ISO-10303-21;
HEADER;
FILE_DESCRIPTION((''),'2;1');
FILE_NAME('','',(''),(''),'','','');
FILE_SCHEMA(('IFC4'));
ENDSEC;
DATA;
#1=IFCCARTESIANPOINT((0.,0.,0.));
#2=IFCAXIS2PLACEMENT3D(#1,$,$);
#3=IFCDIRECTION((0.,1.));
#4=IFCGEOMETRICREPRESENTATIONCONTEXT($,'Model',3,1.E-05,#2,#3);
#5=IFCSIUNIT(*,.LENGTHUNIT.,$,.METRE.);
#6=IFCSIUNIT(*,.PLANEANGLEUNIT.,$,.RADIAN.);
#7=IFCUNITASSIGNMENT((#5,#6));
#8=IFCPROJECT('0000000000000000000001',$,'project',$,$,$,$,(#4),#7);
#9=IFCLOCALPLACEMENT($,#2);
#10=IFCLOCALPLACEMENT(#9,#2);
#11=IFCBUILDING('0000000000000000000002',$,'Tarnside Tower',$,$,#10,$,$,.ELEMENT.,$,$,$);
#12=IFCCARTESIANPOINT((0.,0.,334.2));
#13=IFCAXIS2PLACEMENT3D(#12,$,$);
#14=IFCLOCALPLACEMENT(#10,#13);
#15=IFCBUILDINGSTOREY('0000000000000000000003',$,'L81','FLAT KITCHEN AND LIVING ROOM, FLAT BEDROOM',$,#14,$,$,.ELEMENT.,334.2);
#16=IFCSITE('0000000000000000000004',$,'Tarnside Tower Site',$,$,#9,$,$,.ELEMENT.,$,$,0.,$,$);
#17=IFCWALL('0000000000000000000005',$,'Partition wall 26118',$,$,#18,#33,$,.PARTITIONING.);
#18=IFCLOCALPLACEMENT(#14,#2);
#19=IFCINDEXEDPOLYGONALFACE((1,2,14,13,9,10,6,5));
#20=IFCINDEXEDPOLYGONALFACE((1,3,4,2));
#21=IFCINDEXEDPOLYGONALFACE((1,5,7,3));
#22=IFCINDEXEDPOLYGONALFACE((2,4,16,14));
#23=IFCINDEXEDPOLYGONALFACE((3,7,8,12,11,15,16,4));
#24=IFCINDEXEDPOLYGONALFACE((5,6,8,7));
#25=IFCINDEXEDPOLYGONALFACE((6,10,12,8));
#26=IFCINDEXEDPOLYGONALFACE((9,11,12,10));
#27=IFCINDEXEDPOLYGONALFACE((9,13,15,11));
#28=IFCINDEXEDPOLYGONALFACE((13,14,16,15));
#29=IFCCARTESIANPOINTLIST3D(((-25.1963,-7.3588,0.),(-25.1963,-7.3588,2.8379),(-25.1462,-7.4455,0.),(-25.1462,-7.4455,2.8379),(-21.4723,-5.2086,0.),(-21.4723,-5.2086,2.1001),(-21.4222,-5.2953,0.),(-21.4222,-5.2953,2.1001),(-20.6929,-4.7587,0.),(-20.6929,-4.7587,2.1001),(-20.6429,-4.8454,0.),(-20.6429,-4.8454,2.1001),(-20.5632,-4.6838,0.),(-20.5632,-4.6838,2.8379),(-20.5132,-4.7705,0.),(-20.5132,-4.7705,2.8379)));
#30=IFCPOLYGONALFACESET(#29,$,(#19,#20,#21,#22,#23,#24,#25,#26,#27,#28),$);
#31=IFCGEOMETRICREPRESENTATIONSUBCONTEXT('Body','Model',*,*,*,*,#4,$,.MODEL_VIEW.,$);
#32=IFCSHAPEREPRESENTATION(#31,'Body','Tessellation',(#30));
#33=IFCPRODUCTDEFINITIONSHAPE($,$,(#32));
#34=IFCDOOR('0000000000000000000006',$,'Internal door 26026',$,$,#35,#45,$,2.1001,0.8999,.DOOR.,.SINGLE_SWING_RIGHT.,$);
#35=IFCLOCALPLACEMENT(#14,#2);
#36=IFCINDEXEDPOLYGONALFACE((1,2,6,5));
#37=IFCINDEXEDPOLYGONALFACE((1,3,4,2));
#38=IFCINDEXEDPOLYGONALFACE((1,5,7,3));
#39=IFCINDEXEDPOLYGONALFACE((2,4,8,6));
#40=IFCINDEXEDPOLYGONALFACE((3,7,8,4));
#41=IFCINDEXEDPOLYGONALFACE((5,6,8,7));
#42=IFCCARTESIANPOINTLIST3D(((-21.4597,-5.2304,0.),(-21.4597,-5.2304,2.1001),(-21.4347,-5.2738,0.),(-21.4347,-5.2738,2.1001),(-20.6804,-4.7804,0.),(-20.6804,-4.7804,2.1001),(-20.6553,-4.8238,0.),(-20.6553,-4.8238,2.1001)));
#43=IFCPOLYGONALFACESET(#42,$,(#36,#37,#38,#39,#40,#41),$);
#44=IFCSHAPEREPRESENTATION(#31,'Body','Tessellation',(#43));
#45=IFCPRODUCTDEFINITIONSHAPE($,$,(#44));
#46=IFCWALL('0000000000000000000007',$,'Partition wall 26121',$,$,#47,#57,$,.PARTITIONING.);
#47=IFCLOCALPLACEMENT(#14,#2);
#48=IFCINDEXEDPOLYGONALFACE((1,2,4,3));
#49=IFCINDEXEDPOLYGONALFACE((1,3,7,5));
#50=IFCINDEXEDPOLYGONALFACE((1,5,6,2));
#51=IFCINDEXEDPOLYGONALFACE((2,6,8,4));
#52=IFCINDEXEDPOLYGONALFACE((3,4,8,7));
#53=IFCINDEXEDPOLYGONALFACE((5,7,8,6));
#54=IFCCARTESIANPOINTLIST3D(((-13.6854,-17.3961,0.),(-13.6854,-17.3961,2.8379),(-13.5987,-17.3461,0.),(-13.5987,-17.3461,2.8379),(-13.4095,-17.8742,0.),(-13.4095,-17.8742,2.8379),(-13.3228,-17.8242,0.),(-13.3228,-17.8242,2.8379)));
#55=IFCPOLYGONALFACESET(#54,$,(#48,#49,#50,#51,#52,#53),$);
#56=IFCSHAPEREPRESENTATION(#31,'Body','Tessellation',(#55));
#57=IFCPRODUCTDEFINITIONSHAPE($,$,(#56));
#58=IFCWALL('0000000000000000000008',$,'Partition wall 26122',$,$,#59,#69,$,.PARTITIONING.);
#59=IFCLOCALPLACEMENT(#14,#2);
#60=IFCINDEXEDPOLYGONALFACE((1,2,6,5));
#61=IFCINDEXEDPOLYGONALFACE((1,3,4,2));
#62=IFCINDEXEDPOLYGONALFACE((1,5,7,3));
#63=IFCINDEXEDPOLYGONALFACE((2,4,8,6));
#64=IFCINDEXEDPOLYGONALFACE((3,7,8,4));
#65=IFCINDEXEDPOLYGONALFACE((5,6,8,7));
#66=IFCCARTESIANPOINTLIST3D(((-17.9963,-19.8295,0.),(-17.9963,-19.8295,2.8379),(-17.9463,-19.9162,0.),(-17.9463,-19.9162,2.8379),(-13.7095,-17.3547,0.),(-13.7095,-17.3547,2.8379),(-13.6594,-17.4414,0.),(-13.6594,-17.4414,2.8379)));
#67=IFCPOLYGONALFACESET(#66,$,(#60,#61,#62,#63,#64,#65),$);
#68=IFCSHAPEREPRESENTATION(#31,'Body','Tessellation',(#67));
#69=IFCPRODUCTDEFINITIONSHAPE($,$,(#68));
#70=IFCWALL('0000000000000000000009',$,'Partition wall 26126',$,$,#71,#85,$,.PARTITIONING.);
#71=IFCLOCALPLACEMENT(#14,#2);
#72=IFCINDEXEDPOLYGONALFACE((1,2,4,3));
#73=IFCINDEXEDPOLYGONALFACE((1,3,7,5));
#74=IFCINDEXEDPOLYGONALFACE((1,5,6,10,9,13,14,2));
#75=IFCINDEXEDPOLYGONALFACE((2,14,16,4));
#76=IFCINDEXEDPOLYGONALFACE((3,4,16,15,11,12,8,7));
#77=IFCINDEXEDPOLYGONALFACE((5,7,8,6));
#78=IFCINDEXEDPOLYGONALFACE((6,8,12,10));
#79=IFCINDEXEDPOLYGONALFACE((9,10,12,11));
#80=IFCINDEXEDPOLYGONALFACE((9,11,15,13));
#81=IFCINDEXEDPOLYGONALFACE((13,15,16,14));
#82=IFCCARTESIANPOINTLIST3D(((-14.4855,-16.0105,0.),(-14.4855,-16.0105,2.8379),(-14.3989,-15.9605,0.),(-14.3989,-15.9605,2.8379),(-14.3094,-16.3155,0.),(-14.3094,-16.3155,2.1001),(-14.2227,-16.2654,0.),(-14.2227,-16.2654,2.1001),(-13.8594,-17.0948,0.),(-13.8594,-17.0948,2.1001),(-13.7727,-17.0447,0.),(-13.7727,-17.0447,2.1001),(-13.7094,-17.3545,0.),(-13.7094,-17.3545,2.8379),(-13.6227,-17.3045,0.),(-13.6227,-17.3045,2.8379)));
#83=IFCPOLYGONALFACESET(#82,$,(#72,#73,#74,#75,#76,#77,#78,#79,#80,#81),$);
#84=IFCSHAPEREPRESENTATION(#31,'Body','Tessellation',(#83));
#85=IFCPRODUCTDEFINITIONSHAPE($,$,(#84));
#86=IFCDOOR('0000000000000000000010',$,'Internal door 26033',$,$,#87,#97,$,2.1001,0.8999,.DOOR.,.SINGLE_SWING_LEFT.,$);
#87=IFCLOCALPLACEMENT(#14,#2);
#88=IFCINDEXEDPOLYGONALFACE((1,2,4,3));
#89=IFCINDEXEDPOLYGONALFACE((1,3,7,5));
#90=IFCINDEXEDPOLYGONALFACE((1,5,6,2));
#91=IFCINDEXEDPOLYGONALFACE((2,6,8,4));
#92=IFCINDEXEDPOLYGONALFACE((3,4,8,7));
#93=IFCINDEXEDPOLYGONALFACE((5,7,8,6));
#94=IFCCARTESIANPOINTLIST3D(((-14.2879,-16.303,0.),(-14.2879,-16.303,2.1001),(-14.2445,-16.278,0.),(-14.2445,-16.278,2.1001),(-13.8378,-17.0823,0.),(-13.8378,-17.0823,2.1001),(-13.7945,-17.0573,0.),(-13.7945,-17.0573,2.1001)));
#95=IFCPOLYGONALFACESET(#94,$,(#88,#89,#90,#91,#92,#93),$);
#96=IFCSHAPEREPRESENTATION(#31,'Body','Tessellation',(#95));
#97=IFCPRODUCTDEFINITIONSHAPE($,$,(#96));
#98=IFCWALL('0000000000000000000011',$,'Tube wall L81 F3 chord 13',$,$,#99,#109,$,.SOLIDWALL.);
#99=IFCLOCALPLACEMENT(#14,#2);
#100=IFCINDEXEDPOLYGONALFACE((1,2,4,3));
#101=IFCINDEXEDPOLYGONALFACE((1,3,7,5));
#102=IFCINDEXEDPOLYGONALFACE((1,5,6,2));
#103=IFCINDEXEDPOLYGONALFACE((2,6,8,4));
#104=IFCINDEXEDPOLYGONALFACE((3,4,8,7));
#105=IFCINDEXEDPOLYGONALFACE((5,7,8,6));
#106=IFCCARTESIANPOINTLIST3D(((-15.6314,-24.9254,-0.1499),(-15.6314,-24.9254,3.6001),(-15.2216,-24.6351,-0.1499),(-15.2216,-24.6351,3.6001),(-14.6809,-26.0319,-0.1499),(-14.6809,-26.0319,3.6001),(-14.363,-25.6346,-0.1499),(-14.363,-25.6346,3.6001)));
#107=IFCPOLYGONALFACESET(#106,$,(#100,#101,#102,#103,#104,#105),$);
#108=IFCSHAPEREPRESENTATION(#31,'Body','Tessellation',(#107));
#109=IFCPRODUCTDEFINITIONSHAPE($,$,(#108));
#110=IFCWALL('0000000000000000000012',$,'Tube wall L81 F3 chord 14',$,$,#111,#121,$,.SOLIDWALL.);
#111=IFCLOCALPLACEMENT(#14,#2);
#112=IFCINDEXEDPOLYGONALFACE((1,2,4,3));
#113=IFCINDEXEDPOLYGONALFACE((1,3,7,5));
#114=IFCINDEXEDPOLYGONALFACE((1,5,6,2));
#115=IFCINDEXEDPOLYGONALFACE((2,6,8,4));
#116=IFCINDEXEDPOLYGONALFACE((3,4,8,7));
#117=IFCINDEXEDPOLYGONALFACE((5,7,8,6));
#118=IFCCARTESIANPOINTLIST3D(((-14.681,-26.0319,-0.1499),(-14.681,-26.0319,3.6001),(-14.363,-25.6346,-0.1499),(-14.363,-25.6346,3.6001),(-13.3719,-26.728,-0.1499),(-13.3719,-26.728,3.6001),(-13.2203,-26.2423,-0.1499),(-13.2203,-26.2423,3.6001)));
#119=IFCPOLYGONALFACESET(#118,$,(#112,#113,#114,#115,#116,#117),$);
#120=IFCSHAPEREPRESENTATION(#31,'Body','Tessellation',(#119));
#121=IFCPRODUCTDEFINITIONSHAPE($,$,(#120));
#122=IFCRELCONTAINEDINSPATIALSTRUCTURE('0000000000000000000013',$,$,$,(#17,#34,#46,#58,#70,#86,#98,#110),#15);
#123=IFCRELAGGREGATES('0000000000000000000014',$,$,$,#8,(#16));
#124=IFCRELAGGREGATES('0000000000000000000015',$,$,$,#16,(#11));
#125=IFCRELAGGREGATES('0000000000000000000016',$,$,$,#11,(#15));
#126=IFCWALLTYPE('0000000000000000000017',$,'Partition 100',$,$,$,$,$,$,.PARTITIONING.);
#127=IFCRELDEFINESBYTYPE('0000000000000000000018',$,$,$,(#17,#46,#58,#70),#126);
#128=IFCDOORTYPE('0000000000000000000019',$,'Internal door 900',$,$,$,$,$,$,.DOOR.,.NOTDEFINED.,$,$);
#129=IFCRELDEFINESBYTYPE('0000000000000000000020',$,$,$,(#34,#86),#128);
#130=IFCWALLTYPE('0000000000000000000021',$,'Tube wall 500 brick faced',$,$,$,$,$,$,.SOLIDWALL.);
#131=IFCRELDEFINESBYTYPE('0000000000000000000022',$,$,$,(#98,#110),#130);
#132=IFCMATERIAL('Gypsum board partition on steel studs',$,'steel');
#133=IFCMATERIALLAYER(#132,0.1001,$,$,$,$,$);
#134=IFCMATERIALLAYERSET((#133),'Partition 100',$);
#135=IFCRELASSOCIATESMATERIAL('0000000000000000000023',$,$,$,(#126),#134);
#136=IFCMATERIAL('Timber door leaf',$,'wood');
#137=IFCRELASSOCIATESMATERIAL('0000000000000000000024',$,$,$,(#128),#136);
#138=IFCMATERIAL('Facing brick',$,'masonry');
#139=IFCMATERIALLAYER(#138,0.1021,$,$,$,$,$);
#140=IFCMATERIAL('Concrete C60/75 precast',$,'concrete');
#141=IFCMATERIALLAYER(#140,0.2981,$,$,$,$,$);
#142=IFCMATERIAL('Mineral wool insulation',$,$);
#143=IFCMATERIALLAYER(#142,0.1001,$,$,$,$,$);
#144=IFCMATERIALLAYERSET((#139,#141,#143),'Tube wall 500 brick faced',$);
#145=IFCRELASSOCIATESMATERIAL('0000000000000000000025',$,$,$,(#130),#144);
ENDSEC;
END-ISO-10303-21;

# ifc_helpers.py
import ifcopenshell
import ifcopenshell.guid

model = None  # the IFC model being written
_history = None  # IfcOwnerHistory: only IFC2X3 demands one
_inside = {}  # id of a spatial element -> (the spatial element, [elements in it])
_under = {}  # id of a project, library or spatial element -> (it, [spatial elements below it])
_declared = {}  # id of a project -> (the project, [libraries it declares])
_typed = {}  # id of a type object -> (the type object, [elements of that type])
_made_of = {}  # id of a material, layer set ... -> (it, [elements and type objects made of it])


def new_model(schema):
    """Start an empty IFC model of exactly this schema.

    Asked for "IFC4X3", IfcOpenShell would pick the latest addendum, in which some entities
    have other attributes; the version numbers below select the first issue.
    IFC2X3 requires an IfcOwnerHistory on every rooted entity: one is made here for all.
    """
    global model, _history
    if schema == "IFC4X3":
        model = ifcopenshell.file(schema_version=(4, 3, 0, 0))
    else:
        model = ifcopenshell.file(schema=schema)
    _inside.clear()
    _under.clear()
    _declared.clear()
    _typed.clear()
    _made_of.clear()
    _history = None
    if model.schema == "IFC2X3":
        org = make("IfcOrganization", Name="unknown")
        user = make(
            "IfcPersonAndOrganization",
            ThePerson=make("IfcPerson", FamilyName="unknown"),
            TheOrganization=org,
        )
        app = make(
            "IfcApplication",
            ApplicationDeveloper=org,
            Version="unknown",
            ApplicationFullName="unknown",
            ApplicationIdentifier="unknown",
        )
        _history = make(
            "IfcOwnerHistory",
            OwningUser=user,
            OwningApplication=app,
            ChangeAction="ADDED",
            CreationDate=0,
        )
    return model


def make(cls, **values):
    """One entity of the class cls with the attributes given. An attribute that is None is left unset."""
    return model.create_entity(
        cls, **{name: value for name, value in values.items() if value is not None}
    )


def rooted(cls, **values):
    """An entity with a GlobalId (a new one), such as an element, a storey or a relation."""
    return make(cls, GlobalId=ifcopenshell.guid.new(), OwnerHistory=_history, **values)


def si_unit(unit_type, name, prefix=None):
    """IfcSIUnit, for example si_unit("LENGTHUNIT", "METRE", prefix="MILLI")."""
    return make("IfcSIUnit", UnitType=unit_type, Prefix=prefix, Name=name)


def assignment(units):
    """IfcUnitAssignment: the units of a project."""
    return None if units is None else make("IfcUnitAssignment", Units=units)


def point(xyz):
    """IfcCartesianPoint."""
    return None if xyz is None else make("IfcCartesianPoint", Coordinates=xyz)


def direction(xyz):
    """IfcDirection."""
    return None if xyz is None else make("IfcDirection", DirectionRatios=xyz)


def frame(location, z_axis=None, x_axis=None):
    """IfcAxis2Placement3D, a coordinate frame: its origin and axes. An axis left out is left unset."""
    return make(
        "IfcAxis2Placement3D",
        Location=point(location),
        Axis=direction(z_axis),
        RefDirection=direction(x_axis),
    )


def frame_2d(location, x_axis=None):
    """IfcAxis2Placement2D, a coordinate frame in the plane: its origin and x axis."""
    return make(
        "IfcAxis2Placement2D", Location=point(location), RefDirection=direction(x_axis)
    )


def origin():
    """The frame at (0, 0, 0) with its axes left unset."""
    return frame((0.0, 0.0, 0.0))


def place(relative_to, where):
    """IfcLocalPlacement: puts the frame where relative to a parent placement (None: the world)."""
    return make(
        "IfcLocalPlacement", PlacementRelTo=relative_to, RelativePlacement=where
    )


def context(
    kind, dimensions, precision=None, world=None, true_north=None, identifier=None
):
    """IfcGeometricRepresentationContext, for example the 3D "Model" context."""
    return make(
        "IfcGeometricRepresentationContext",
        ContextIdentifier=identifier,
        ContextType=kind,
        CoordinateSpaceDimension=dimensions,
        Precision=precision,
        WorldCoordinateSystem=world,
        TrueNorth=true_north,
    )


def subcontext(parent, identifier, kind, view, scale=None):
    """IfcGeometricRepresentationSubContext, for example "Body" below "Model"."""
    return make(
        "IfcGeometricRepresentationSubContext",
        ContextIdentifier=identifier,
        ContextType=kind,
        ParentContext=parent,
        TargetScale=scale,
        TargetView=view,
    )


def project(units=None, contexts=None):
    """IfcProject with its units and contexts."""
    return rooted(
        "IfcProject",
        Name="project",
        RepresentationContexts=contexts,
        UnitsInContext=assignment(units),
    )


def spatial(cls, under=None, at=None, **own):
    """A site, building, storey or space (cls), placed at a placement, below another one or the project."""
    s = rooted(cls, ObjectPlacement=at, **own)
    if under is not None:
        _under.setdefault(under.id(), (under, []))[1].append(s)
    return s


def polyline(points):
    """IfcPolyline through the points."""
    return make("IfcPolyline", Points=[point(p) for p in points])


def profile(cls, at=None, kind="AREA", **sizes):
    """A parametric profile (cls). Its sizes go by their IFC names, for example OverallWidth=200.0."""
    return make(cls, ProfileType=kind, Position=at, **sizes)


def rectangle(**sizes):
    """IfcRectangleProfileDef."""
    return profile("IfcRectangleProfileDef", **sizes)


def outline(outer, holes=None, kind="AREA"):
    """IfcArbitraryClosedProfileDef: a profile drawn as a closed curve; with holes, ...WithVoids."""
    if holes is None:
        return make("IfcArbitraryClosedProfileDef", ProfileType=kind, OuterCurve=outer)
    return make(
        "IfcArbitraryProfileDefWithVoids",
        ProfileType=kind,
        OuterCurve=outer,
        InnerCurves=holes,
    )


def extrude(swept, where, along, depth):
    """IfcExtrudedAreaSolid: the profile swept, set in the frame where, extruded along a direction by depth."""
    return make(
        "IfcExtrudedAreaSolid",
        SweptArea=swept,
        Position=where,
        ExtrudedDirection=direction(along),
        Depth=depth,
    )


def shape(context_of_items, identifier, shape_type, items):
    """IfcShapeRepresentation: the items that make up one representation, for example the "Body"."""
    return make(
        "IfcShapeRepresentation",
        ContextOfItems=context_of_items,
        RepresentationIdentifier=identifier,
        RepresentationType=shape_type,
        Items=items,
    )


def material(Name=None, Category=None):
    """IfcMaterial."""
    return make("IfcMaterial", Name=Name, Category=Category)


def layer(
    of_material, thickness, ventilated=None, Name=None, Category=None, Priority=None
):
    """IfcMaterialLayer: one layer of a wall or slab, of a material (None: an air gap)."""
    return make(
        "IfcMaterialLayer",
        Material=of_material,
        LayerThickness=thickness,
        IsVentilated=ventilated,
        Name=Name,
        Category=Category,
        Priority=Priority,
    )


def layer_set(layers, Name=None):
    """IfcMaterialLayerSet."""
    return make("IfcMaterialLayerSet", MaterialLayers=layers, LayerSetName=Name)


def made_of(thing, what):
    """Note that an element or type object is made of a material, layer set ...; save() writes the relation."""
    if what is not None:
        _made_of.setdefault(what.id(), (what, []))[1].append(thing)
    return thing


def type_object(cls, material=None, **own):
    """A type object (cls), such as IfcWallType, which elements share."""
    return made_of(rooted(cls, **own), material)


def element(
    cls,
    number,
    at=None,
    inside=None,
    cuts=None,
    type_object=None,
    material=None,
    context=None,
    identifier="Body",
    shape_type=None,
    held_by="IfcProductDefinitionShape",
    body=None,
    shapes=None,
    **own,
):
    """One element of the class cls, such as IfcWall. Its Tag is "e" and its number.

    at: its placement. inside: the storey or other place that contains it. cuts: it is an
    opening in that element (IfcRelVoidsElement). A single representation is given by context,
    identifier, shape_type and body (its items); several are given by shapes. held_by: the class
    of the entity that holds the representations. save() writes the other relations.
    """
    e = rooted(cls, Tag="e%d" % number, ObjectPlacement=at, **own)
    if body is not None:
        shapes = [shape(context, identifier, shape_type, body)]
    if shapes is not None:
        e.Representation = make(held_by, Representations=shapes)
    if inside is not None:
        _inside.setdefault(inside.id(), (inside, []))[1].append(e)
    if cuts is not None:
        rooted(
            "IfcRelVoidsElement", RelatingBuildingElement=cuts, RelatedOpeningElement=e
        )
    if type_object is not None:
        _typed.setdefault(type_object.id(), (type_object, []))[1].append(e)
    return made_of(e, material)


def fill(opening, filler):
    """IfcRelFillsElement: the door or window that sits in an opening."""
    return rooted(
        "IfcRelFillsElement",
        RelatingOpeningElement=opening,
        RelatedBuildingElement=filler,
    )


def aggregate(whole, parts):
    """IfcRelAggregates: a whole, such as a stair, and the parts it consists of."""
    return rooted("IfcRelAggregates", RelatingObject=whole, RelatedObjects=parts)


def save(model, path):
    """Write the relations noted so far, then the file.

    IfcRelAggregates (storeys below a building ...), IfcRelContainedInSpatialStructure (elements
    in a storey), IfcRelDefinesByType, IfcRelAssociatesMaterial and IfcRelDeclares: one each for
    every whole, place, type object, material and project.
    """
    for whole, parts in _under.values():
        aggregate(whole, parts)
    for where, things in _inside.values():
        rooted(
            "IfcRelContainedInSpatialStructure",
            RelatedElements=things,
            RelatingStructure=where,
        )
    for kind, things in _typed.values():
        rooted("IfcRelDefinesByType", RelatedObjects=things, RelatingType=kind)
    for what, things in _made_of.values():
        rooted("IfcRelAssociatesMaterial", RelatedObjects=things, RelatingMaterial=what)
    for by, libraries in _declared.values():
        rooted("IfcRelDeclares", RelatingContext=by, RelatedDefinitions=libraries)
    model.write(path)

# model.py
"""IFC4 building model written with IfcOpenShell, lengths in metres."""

from ifc_helpers import new_model, si_unit, direction, frame, frame_2d, origin, place, context, subcontext, project, spatial, polyline, rectangle, outline, extrude, material, layer, layer_set, type_object, element, fill, save


model = new_model("IFC4")

# Units and contexts
model_context = context("Model", 3, precision=1e-05, world=origin(), true_north=direction((0.0, 1.0)))
body_context = subcontext(model_context, "Body", "Model", "MODEL_VIEW")
ifc_project = project(units=[si_unit("LENGTHUNIT", "METRE"), si_unit("PLANEANGLEUNIT", "RADIAN")], contexts=[model_context])

# Site, building, storey
site_placement = place(None, origin())
site = spatial("IfcSite", under=ifc_project, at=site_placement, Name="Tarnside Tower Site", CompositionType="ELEMENT", RefElevation=0.0)
building_placement = place(site_placement, origin())
building = spatial("IfcBuilding", under=site, at=building_placement, Name="Tarnside Tower", CompositionType="ELEMENT")
storey_placement = place(building_placement, frame((0.0, 0.0, 334.2)))
storey = spatial("IfcBuildingStorey", under=building, at=storey_placement, Name="L81", Description="FLAT KITCHEN AND LIVING ROOM, FLAT BEDROOM", CompositionType="ELEMENT", Elevation=334.2)

# Shared definitions
ifc_material_1 = material(Name="Gypsum board partition on steel studs", Category="steel")

# Wall, opening, door
ifc_layer_1 = layer(ifc_material_1, 0.1001)
ifc_layer_set_1 = layer_set([ifc_layer_1], Name="Partition 100")
wall_type_1 = type_object("IfcWallType", Name="Partition 100", PredefinedType="PARTITIONING", material=ifc_layer_set_1)
ifc_material_2 = material(Name="Timber door leaf", Category="wood")
door_type = type_object("IfcDoorType", Name="Internal door 900", OperationType="NOTDEFINED", PredefinedType="DOOR", material=ifc_material_2)
wall_1_placement = place(storey_placement, frame((-25.1711, -7.4021, 0.0), z_axis=(0.0, 0.0, 1.0), x_axis=(0.866013, 0.500021, 0.0)))
wall_1 = element("IfcWall", 1, at=wall_1_placement, inside=storey, type_object=wall_type_1, Name="Partition wall 26118", PredefinedType="PARTITIONING", context=body_context, shape_type="SweptSolid", body=[
    extrude(rectangle(XDim=5.3499, YDim=0.1001, at=frame_2d((2.6748, 0.0))), origin(), (0.0, 0.0, 1.0), 2.8379),
])
opening_1_placement = place(wall_1_placement, frame((4.3, 0.0, 0.0)))
opening_1 = element("IfcOpeningElement", 2, at=opening_1_placement, cuts=wall_1, PredefinedType="OPENING", context=body_context, shape_type="SweptSolid", body=[
    extrude(rectangle(XDim=0.8999, YDim=2.1001, at=frame_2d((0.45, 1.05))), frame((0.0, 0.0601, 0.0), z_axis=(0.0, -1.0, 0.0), x_axis=(1.0, 0.0, 0.0)), (0.0, 0.0, 1.0), 0.1201),
])
door_1_placement = place(opening_1_placement, origin())
door_1 = element("IfcDoor", 3, at=door_1_placement, inside=storey, type_object=door_type, Name="Internal door 26026", OperationType="SINGLE_SWING_RIGHT", OverallHeight=2.1001, OverallWidth=0.8999, PredefinedType="DOOR", context=body_context, shape_type="SweptSolid", body=[
    extrude(rectangle(XDim=0.8999, YDim=2.1001, at=frame_2d((0.45, 1.05))), frame((0.0, 0.0249, 0.0), z_axis=(0.0, -1.0, 0.0), x_axis=(1.0, 0.0, 0.0)), (0.0, 0.0, 1.0), 0.05),
])
fill(opening_1, door_1)

# Walls
wall_2_placement = place(storey_placement, frame((-13.3662, -17.8491, 0.0), z_axis=(0.0, 0.0, 1.0), x_axis=(-0.49985, 0.866112, 0.0)))
element("IfcWall", 4, at=wall_2_placement, inside=storey, type_object=wall_type_1, Name="Partition wall 26121", PredefinedType="PARTITIONING", context=body_context, shape_type="SweptSolid", body=[
    extrude(rectangle(XDim=0.552, YDim=0.1001, at=frame_2d((0.2759, 0.0))), origin(), (0.0, 0.0, 1.0), 2.8379),
])
wall_3_placement = place(storey_placement, frame((-13.6843, -17.3979, 0.0), z_axis=(0.0, 0.0, 1.0), x_axis=(-0.86604, -0.499974, 0.0)))
element("IfcWall", 5, at=wall_3_placement, inside=storey, type_object=wall_type_1, Name="Partition wall 26122", PredefinedType="PARTITIONING", context=body_context, shape_type="SweptSolid", body=[
    extrude(rectangle(XDim=4.95, YDim=0.1001, at=frame_2d((2.4751, 0.0))), origin(), (0.0, 0.0, 1.0), 2.8379),
])

# Wall, opening, door
wall_4_placement = place(storey_placement, frame((-14.4421, -15.9856, 0.0), z_axis=(0.0, 0.0, 1.0), x_axis=(0.500081, -0.865979, 0.0)))
wall_4 = element("IfcWall", 6, at=wall_4_placement, inside=storey, type_object=wall_type_1, Name="Partition wall 26126", PredefinedType="PARTITIONING", context=body_context, shape_type="SweptSolid", body=[
    extrude(rectangle(XDim=1.552, YDim=0.1001, at=frame_2d((0.7759, 0.0))), origin(), (0.0, 0.0, 1.0), 2.8379),
])
opening_2_placement = place(wall_4_placement, frame((0.3521, 0.0, 0.0)))
opening_2 = element("IfcOpeningElement", 7, at=opening_2_placement, cuts=wall_4, PredefinedType="OPENING", context=body_context, shape_type="SweptSolid", body=[
    extrude(rectangle(XDim=0.8999, YDim=2.1001, at=frame_2d((0.45, 1.05))), frame((0.0, 0.0601, 0.0), z_axis=(0.0, -1.0, 0.0), x_axis=(1.0, 0.0, 0.0)), (0.0, 0.0, 1.0), 0.1201),
])
door_2_placement = place(opening_2_placement, origin())
door_2 = element("IfcDoor", 8, at=door_2_placement, inside=storey, type_object=door_type, Name="Internal door 26033", OperationType="SINGLE_SWING_LEFT", OverallHeight=2.1001, OverallWidth=0.8999, PredefinedType="DOOR", context=body_context, shape_type="SweptSolid", body=[
    extrude(rectangle(XDim=0.8999, YDim=2.1001, at=frame_2d((0.45, 1.05))), frame((0.0, 0.0249, 0.0), z_axis=(0.0, -1.0, 0.0), x_axis=(1.0, 0.0, 0.0)), (0.0, 0.0, 1.0), 0.05),
])
fill(opening_2, door_2)

# Walls
ifc_material_3 = material(Name="Facing brick", Category="masonry")
ifc_layer_2 = layer(ifc_material_3, 0.1021)
ifc_material_4 = material(Name="Concrete C60/75 precast", Category="concrete")
ifc_layer_3 = layer(ifc_material_4, 0.2981)
ifc_material_5 = material(Name="Mineral wool insulation")
ifc_layer_4 = layer(ifc_material_5, 0.1001)
ifc_layer_set_2 = layer_set([ifc_layer_2, ifc_layer_3, ifc_layer_4], Name="Tube wall 500 brick faced")
wall_type_2 = type_object("IfcWallType", Name="Tube wall 500 brick faced", PredefinedType="SOLIDWALL", material=ifc_layer_set_2)
wall_5_placement = place(storey_placement, frame((-15.4265, -24.7803, -0.1499), z_axis=(0.0, 0.0, 1.0), x_axis=(0.651617, -0.758549, 0.0)))
element("IfcWall", 9, at=wall_5_placement, inside=storey, type_object=wall_type_2, Name="Tube wall L81 F3 chord 13", PredefinedType="SOLIDWALL", context=body_context, shape_type="SweptSolid", body=[
    extrude(outline(polyline([(-0.0234, -0.25), (1.4353, -0.25), (1.3411, 0.25), (0.0234, 0.25), (-0.0234, -0.25)])), origin(), (0.0, 0.0, 1.0), 3.75),
])
wall_6_placement = place(storey_placement, frame((-14.522, -25.8333, -0.1499), z_axis=(0.0, 0.0, 1.0), x_axis=(0.882927, -0.469511, 0.0)))
element("IfcWall", 10, at=wall_6_placement, inside=storey, type_object=wall_type_2, Name="Tube wall L81 F3 chord 14", PredefinedType="SOLIDWALL", context=body_context, shape_type="SweptSolid", body=[
    extrude(outline(polyline([(-0.0471, -0.25), (1.4355, -0.25), (1.3413, 0.25), (0.0471, 0.25), (-0.0471, -0.25)])), origin(), (0.0, 0.0, 1.0), 3.75),
])

save(model, "model.ifc")
